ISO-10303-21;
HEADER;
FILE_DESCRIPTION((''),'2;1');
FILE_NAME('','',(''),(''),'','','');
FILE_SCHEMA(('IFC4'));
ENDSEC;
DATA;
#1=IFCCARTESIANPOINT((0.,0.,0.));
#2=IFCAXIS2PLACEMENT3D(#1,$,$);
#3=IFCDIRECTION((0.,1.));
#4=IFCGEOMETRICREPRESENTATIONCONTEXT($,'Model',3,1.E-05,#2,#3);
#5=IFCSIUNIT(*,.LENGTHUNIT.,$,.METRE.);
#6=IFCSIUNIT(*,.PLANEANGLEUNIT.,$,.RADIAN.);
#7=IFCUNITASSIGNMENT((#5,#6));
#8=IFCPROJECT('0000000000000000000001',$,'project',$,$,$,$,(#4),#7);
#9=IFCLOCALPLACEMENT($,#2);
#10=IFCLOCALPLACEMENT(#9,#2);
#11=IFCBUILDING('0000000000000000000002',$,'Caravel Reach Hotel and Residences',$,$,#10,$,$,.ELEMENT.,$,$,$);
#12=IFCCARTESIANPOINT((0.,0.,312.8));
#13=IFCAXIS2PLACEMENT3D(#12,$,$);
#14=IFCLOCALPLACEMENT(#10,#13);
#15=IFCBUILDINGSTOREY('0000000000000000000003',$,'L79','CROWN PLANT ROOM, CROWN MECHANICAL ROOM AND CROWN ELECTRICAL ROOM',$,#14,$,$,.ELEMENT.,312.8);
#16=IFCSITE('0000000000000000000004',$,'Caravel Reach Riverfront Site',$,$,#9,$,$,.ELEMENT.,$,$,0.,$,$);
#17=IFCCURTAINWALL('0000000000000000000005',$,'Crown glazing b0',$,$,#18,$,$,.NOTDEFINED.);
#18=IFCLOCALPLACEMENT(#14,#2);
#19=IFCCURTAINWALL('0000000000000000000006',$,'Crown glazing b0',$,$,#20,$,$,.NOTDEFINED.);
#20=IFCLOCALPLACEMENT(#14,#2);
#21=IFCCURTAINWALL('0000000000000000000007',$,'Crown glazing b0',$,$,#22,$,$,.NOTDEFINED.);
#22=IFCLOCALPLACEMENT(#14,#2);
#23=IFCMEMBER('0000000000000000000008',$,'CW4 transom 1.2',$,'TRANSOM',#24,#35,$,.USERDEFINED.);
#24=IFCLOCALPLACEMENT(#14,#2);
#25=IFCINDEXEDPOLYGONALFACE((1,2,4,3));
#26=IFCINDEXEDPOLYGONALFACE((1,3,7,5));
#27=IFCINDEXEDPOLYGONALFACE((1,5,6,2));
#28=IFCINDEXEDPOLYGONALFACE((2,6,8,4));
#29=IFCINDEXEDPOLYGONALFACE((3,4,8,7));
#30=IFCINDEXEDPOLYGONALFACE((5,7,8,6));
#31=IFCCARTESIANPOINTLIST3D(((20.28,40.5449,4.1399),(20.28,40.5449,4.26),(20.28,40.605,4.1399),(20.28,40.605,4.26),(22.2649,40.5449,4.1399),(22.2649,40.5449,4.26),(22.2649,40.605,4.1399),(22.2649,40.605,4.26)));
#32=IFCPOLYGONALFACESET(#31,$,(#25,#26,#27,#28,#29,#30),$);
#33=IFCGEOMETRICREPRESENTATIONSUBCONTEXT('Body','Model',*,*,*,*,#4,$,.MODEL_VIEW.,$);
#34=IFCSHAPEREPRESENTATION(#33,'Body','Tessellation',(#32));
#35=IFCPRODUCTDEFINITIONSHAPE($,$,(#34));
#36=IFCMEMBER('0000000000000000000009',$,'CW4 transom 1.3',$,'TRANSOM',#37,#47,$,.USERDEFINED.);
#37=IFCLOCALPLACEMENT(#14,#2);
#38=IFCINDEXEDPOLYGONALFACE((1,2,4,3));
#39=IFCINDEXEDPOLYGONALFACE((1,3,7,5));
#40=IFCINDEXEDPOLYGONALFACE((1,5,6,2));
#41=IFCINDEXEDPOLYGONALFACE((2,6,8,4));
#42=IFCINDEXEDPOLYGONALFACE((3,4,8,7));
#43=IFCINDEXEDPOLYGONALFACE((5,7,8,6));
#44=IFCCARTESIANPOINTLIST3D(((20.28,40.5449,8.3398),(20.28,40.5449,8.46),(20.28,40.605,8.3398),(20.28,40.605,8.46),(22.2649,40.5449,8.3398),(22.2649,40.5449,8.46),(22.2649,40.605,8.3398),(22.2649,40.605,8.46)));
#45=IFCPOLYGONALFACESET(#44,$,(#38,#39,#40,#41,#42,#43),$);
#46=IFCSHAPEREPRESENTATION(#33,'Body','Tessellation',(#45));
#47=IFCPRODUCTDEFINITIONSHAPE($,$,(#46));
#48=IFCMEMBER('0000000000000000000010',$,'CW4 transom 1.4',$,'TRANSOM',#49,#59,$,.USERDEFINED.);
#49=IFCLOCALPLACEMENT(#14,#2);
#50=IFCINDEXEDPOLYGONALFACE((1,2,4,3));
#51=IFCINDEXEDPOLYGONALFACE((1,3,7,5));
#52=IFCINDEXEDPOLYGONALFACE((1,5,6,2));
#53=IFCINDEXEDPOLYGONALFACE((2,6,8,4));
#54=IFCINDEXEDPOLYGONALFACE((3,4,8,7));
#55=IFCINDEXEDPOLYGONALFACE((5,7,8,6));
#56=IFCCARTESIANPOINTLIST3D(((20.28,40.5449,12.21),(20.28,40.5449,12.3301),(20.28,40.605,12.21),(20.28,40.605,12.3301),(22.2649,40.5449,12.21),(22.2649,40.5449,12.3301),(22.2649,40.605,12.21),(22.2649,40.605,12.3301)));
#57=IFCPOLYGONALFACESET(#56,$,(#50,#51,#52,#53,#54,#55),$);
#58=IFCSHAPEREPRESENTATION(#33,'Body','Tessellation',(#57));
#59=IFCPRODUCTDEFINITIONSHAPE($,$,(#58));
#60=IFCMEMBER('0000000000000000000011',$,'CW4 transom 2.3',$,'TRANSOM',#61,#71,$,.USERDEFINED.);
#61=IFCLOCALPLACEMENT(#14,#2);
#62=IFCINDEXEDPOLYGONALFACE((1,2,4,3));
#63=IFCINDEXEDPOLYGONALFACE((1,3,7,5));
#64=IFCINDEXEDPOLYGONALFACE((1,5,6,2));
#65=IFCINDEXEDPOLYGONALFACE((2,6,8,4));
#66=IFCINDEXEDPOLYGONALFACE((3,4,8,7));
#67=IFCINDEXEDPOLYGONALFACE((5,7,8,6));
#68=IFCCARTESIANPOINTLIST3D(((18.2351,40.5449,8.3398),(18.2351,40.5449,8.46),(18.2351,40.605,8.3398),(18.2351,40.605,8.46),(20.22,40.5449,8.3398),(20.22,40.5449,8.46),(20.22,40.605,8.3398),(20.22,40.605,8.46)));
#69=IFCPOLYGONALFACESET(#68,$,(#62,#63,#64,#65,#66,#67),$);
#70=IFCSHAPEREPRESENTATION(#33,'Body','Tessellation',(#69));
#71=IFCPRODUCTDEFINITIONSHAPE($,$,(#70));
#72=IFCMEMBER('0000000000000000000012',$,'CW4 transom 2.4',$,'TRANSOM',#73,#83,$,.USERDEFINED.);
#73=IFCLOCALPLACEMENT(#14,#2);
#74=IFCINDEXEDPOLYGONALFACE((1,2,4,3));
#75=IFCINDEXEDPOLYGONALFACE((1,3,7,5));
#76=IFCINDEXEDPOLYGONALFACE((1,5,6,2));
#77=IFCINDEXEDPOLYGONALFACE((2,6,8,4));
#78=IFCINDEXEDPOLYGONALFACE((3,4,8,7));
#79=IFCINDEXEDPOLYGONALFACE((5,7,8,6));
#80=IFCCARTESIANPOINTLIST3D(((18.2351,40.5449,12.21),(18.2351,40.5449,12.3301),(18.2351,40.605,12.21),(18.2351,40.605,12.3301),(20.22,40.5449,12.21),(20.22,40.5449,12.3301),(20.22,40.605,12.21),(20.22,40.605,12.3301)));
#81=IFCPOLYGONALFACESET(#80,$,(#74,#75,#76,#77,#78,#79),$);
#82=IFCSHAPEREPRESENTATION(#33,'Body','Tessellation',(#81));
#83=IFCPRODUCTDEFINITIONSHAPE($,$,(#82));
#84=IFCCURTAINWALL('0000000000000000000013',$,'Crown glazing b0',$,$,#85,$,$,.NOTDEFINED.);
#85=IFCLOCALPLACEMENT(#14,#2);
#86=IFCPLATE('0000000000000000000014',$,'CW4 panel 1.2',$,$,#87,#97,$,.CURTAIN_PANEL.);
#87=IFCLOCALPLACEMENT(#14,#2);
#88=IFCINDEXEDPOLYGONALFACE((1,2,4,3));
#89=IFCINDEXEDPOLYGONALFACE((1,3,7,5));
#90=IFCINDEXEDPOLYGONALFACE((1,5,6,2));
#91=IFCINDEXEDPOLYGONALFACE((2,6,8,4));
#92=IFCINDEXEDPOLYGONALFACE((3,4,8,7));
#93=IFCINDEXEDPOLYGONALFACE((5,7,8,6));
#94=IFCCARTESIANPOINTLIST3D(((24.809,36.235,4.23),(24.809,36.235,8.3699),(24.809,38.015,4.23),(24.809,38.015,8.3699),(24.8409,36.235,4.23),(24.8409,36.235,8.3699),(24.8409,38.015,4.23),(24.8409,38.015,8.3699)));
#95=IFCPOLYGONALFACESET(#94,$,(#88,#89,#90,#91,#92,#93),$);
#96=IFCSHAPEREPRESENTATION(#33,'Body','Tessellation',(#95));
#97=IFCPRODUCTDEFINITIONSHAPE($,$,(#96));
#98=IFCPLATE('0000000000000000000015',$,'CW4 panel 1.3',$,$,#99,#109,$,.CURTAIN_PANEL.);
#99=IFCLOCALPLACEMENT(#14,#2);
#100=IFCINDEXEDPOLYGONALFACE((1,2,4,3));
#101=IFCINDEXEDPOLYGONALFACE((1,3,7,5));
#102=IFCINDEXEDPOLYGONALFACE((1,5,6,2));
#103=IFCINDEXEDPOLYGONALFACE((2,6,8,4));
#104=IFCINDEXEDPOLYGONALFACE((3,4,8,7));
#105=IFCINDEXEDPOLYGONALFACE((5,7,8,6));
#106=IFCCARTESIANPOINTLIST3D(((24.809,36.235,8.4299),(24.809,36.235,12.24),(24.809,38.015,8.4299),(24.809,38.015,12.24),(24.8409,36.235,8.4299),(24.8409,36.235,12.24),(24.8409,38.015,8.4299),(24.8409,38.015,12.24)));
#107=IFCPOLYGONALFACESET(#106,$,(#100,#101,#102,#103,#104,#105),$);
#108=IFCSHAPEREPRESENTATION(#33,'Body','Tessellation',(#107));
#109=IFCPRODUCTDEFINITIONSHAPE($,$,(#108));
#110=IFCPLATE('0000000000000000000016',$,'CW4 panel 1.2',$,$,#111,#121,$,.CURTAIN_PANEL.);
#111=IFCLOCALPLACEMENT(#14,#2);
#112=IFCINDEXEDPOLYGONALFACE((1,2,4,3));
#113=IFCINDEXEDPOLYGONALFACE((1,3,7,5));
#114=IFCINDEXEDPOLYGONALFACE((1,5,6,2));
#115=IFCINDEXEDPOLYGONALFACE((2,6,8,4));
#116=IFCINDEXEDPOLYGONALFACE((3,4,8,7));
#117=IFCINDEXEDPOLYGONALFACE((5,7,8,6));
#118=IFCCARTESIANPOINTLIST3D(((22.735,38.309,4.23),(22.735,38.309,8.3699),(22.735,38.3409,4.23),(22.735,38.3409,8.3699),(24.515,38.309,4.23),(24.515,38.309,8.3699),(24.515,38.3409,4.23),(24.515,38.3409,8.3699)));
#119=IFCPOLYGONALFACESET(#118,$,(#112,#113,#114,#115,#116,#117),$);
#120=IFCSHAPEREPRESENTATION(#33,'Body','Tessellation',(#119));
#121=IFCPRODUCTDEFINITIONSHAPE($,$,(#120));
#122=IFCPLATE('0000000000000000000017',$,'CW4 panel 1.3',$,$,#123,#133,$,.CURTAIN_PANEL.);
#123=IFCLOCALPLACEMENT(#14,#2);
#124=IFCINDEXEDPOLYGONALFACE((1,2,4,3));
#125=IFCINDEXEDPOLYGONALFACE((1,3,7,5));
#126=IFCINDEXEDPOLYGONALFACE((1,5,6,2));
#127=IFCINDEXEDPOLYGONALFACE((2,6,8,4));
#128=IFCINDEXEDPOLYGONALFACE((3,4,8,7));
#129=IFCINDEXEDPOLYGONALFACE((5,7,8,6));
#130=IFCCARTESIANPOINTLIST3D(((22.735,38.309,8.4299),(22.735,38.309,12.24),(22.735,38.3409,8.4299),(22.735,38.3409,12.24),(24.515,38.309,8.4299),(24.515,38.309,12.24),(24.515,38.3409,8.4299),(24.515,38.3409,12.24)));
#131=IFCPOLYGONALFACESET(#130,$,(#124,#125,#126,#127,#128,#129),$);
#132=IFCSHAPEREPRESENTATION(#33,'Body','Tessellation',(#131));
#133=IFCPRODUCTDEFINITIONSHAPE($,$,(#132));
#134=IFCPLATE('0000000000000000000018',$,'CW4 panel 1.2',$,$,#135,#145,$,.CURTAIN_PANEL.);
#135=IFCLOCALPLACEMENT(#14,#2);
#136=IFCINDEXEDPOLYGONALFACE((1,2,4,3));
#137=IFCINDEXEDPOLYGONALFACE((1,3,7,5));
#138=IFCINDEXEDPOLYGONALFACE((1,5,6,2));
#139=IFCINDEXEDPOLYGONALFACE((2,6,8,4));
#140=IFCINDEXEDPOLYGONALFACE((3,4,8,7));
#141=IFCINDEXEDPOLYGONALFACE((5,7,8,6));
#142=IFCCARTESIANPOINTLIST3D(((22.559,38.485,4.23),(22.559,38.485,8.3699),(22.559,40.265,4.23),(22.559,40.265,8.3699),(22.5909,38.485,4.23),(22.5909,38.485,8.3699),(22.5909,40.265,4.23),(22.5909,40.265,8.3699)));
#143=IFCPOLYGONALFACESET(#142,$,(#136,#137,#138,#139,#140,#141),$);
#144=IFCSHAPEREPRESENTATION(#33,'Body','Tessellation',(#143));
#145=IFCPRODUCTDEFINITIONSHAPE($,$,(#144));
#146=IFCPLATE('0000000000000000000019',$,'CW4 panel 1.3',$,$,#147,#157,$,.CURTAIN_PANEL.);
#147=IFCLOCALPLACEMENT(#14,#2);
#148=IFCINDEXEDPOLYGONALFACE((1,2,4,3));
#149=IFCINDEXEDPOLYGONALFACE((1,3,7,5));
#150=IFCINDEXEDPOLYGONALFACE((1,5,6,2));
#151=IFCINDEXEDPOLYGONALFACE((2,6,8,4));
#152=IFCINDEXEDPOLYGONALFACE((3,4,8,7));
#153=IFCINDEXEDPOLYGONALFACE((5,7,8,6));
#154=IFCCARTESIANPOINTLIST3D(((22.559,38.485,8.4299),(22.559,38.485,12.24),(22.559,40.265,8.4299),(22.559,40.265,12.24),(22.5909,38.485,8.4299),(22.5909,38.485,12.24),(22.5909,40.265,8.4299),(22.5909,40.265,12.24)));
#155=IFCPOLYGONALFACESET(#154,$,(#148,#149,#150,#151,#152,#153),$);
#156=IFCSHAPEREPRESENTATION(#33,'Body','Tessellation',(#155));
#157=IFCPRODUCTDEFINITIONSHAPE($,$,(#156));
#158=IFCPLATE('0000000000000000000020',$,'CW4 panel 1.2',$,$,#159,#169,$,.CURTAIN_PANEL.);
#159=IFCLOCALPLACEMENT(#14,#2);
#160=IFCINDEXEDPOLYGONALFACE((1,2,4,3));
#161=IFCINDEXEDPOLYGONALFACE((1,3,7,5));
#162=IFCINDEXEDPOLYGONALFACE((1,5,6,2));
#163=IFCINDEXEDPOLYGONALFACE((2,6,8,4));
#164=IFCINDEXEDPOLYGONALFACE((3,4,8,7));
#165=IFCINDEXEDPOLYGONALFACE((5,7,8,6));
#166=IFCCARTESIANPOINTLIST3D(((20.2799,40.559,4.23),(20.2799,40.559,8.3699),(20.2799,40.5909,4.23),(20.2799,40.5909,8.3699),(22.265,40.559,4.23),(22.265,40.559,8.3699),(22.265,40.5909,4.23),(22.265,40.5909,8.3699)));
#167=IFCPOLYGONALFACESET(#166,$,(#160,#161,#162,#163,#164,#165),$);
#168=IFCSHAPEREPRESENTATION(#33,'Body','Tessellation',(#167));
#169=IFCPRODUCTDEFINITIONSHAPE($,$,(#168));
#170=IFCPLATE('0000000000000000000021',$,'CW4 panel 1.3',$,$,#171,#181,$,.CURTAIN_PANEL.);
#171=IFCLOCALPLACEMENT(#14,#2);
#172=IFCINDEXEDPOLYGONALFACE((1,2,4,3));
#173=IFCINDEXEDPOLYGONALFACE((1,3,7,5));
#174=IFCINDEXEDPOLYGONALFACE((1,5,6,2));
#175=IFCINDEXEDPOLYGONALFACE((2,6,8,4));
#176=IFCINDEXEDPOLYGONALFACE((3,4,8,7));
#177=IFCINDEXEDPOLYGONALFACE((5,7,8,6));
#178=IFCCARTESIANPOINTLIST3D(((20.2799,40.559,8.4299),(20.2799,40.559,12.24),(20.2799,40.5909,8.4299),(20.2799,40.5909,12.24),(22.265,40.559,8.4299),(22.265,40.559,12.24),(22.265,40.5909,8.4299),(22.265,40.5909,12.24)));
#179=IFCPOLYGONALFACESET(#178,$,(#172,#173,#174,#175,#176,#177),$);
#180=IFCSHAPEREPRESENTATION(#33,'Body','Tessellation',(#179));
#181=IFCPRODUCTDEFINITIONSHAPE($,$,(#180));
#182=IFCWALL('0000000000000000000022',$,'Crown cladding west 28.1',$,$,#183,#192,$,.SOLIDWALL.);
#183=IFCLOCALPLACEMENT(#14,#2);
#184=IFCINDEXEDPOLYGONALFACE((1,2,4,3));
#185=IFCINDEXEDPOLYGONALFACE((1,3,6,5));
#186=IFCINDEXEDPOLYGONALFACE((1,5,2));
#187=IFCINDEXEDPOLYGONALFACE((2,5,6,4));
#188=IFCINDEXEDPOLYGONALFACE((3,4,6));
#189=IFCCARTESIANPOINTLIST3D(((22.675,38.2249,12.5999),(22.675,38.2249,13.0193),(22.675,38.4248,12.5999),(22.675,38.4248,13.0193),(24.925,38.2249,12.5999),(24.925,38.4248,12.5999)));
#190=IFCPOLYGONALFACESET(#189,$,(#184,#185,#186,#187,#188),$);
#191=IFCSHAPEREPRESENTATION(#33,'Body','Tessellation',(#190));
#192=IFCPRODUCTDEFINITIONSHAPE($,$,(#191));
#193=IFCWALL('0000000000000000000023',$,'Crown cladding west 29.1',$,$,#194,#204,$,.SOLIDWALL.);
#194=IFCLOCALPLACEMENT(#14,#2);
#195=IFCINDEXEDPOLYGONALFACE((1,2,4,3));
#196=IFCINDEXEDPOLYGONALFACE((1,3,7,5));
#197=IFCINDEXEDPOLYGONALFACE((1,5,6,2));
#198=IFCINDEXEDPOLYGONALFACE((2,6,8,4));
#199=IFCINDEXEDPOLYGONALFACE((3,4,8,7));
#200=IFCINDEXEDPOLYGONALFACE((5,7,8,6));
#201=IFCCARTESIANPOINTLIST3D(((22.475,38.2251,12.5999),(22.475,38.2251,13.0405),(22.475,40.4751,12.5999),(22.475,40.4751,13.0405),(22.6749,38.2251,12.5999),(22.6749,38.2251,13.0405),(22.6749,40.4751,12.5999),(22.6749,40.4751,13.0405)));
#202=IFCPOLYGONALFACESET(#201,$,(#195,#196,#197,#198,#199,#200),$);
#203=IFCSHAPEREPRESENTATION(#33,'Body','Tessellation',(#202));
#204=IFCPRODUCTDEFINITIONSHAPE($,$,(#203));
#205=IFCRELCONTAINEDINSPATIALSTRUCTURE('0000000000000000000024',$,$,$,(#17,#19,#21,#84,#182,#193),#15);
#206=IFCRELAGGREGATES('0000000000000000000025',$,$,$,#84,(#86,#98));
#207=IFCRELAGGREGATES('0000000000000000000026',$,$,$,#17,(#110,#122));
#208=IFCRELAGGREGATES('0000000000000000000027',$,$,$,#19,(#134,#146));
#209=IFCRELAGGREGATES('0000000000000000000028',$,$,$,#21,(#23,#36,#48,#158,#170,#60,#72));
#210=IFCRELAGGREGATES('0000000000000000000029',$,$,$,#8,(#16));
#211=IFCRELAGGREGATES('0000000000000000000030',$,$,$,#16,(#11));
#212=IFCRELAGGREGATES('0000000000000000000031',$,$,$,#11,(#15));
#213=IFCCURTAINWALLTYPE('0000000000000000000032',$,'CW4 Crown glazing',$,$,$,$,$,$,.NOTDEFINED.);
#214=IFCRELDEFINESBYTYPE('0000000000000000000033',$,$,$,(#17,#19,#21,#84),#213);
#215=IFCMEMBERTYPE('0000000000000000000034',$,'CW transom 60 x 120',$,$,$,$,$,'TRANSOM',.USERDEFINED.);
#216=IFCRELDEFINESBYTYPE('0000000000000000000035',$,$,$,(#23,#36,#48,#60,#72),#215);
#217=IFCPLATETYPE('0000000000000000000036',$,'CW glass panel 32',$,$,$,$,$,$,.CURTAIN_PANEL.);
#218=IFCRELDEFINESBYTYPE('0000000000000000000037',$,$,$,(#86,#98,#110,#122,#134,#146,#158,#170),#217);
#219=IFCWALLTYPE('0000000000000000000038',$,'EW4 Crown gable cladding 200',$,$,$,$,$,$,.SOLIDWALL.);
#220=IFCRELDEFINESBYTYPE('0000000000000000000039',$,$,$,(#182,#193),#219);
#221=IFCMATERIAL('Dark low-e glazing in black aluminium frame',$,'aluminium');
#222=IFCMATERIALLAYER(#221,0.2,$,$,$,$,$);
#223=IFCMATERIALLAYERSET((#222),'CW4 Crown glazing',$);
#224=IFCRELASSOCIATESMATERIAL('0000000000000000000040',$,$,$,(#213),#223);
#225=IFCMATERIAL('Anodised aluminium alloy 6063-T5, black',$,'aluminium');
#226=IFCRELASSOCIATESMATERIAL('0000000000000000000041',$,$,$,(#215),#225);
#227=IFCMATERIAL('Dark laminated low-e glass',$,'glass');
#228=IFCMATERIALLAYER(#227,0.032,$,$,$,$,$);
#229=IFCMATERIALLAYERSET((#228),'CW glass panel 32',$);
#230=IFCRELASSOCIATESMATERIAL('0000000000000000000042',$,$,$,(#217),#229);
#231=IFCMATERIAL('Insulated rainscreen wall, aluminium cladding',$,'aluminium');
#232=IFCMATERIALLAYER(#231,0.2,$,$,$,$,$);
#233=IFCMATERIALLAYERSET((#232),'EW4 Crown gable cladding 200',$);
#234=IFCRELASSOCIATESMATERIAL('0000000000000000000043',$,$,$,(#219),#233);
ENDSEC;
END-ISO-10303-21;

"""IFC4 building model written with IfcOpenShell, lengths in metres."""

from ifc_helpers import new_model, si_unit, direction, frame, frame_2d, origin, origin_2d, place, context, subcontext, project, spatial, polyline, rectangle, outline, extrude, material, layer, layer_set, material_profile, profile_set, type_object, element, aggregate, save


model = new_model("IFC4")

# Units and contexts
model_context = context("Model", 3, precision=1e-05, world=origin(), true_north=direction((0.0, 1.0)))
body_context = subcontext(model_context, "Body", "Model", "MODEL_VIEW")
ifc_project = project(units=[si_unit("LENGTHUNIT", "METRE"), si_unit("PLANEANGLEUNIT", "RADIAN")], contexts=[model_context])

# Site, building, storey
site_placement = place(None, origin())
site = spatial("IfcSite", under=ifc_project, at=site_placement, Name="Caravel Reach Riverfront Site", CompositionType="ELEMENT", RefElevation=0.0)
building_placement = place(site_placement, origin())
building = spatial("IfcBuilding", under=site, at=building_placement, Name="Caravel Reach Hotel and Residences", CompositionType="ELEMENT")
storey_placement = place(building_placement, frame((0.0, 0.0, 312.8)))
storey = spatial("IfcBuildingStorey", under=building, at=storey_placement, Name="L79", Description="CROWN PLANT ROOM, CROWN MECHANICAL ROOM AND CROWN ELECTRICAL ROOM", CompositionType="ELEMENT", Elevation=312.8)

# Curtain walls, members
ifc_material_1 = material(Name="Dark low-e glazing in black aluminium frame", Category="aluminium")
ifc_layer_1 = layer(ifc_material_1, 0.2)
ifc_layer_set_1 = layer_set([ifc_layer_1], Name="CW4 Crown glazing")
curtain_wall_type = type_object("IfcCurtainWallType", Name="CW4 Crown glazing", PredefinedType="NOTDEFINED", material=ifc_layer_set_1)
curtain_wall_1_placement = place(storey_placement, origin())
curtain_wall_1 = element("IfcCurtainWall", 1, at=curtain_wall_1_placement, inside=storey, type_object=curtain_wall_type, Name="Crown glazing b0", PredefinedType="NOTDEFINED")
ifc_material_2 = material(Name="Anodised aluminium alloy 6063-T5, black", Category="aluminium")
ifc_material_profile_1 = material_profile(ifc_material_2, rectangle(XDim=0.0601, YDim=0.1201, at=origin_2d()), Name="CW transom 60 x 120")
ifc_profile_set_1 = profile_set([ifc_material_profile_1], Name="Anodised aluminium alloy 6063-T5, black")
member_type = type_object("IfcMemberType", Name="CW transom 60 x 120", ElementType="TRANSOM", PredefinedType="USERDEFINED", material=ifc_profile_set_1)
curtain_wall_2_placement = place(storey_placement, origin())
curtain_wall_2 = element("IfcCurtainWall", 2, at=curtain_wall_2_placement, inside=storey, type_object=curtain_wall_type, Name="Crown glazing b0", PredefinedType="NOTDEFINED")
curtain_wall_3_placement = place(storey_placement, origin())
curtain_wall_3 = element("IfcCurtainWall", 3, at=curtain_wall_3_placement, inside=storey, type_object=curtain_wall_type, Name="Crown glazing b0", PredefinedType="NOTDEFINED")
member_1_placement = place(storey_placement, frame((22.2649, 40.575, 4.2), z_axis=(-1.0, 0.0, 0.0), x_axis=(0.0, -1.0, 0.0)))
member_1 = element("IfcMember", 4, at=member_1_placement, type_object=member_type, Name="CW4 transom 1.2", ObjectType="TRANSOM", PredefinedType="USERDEFINED", context=body_context, shape_type="SweptSolid", body=[
    extrude(rectangle(XDim=0.0601, YDim=0.1201, at=origin_2d()), origin(), (0.0, 0.0, 1.0), 1.9849),
])
member_2_placement = place(storey_placement, frame((22.2649, 40.575, 8.3999), z_axis=(-1.0, 0.0, 0.0), x_axis=(0.0, -1.0, 0.0)))
member_2 = element("IfcMember", 5, at=member_2_placement, type_object=member_type, Name="CW4 transom 1.3", ObjectType="TRANSOM", PredefinedType="USERDEFINED", context=body_context, shape_type="SweptSolid", body=[
    extrude(rectangle(XDim=0.0601, YDim=0.1201, at=origin_2d()), origin(), (0.0, 0.0, 1.0), 1.9849),
])
member_3_placement = place(storey_placement, frame((22.2649, 40.575, 12.27), z_axis=(-1.0, 0.0, 0.0), x_axis=(0.0, -1.0, 0.0)))
member_3 = element("IfcMember", 6, at=member_3_placement, type_object=member_type, Name="CW4 transom 1.4", ObjectType="TRANSOM", PredefinedType="USERDEFINED", context=body_context, shape_type="SweptSolid", body=[
    extrude(rectangle(XDim=0.0601, YDim=0.1201, at=origin_2d()), origin(), (0.0, 0.0, 1.0), 1.9849),
])
member_4_placement = place(storey_placement, frame((20.22, 40.575, 8.3999), z_axis=(-1.0, 0.0, 0.0), x_axis=(0.0, -1.0, 0.0)))
member_4 = element("IfcMember", 7, at=member_4_placement, type_object=member_type, Name="CW4 transom 2.3", ObjectType="TRANSOM", PredefinedType="USERDEFINED", context=body_context, shape_type="SweptSolid", body=[
    extrude(rectangle(XDim=0.0601, YDim=0.1201, at=origin_2d()), origin(), (0.0, 0.0, 1.0), 1.9849),
])
member_5_placement = place(storey_placement, frame((20.22, 40.575, 12.27), z_axis=(-1.0, 0.0, 0.0), x_axis=(0.0, -1.0, 0.0)))
member_5 = element("IfcMember", 8, at=member_5_placement, type_object=member_type, Name="CW4 transom 2.4", ObjectType="TRANSOM", PredefinedType="USERDEFINED", context=body_context, shape_type="SweptSolid", body=[
    extrude(rectangle(XDim=0.0601, YDim=0.1201, at=origin_2d()), origin(), (0.0, 0.0, 1.0), 1.9849),
])

# Curtain wall, plates
curtain_wall_4_placement = place(storey_placement, origin())
curtain_wall_4 = element("IfcCurtainWall", 9, at=curtain_wall_4_placement, inside=storey, type_object=curtain_wall_type, Name="Crown glazing b0", PredefinedType="NOTDEFINED")
ifc_material_3 = material(Name="Dark laminated low-e glass", Category="glass")
ifc_layer_2 = layer(ifc_material_3, 0.032)
ifc_layer_set_2 = layer_set([ifc_layer_2], Name="CW glass panel 32")
plate_type = type_object("IfcPlateType", Name="CW glass panel 32", PredefinedType="CURTAIN_PANEL", material=ifc_layer_set_2)
plate_1_placement = place(storey_placement, frame((24.825, 37.125, 4.23), z_axis=(0.0, 0.0, 1.0), x_axis=(0.0, 1.0, 0.0)))
plate_1 = element("IfcPlate", 10, at=plate_1_placement, type_object=plate_type, Name="CW4 panel 1.2", PredefinedType="CURTAIN_PANEL", context=body_context, shape_type="SweptSolid", body=[
    extrude(rectangle(XDim=1.78, YDim=0.032, at=origin_2d()), origin(), (0.0, 0.0, 1.0), 4.1399),
])
plate_2_placement = place(storey_placement, frame((24.825, 37.125, 8.4299), z_axis=(0.0, 0.0, 1.0), x_axis=(0.0, 1.0, 0.0)))
plate_2 = element("IfcPlate", 11, at=plate_2_placement, type_object=plate_type, Name="CW4 panel 1.3", PredefinedType="CURTAIN_PANEL", context=body_context, shape_type="SweptSolid", body=[
    extrude(rectangle(XDim=1.78, YDim=0.032, at=origin_2d()), origin(), (0.0, 0.0, 1.0), 3.8101),
])
aggregate(curtain_wall_4, [plate_1, plate_2])

# Plates
plate_3_placement = place(storey_placement, frame((23.625, 38.325, 4.23), z_axis=(0.0, 0.0, 1.0), x_axis=(-1.0, 0.0, 0.0)))
plate_3 = element("IfcPlate", 12, at=plate_3_placement, type_object=plate_type, Name="CW4 panel 1.2", PredefinedType="CURTAIN_PANEL", context=body_context, shape_type="SweptSolid", body=[
    extrude(rectangle(XDim=1.78, YDim=0.032, at=origin_2d()), origin(), (0.0, 0.0, 1.0), 4.1399),
])
plate_4_placement = place(storey_placement, frame((23.625, 38.325, 8.4299), z_axis=(0.0, 0.0, 1.0), x_axis=(-1.0, 0.0, 0.0)))
plate_4 = element("IfcPlate", 13, at=plate_4_placement, type_object=plate_type, Name="CW4 panel 1.3", PredefinedType="CURTAIN_PANEL", context=body_context, shape_type="SweptSolid", body=[
    extrude(rectangle(XDim=1.78, YDim=0.032, at=origin_2d()), origin(), (0.0, 0.0, 1.0), 3.8101),
])
aggregate(curtain_wall_1, [plate_3, plate_4])
plate_5_placement = place(storey_placement, frame((22.575, 39.375, 4.23), z_axis=(0.0, 0.0, 1.0), x_axis=(0.0, 1.0, 0.0)))
plate_5 = element("IfcPlate", 14, at=plate_5_placement, type_object=plate_type, Name="CW4 panel 1.2", PredefinedType="CURTAIN_PANEL", context=body_context, shape_type="SweptSolid", body=[
    extrude(rectangle(XDim=1.78, YDim=0.032, at=origin_2d()), origin(), (0.0, 0.0, 1.0), 4.1399),
])
plate_6_placement = place(storey_placement, frame((22.575, 39.375, 8.4299), z_axis=(0.0, 0.0, 1.0), x_axis=(0.0, 1.0, 0.0)))
plate_6 = element("IfcPlate", 15, at=plate_6_placement, type_object=plate_type, Name="CW4 panel 1.3", PredefinedType="CURTAIN_PANEL", context=body_context, shape_type="SweptSolid", body=[
    extrude(rectangle(XDim=1.78, YDim=0.032, at=origin_2d()), origin(), (0.0, 0.0, 1.0), 3.8101),
])
aggregate(curtain_wall_2, [plate_5, plate_6])
plate_7_placement = place(storey_placement, frame((21.2725, 40.575, 4.23), z_axis=(0.0, 0.0, 1.0), x_axis=(-1.0, 0.0, 0.0)))
plate_7 = element("IfcPlate", 16, at=plate_7_placement, type_object=plate_type, Name="CW4 panel 1.2", PredefinedType="CURTAIN_PANEL", context=body_context, shape_type="SweptSolid", body=[
    extrude(rectangle(XDim=1.9851, YDim=0.032, at=origin_2d()), origin(), (0.0, 0.0, 1.0), 4.1399),
])
plate_8_placement = place(storey_placement, frame((21.2725, 40.575, 8.4299), z_axis=(0.0, 0.0, 1.0), x_axis=(-1.0, 0.0, 0.0)))
plate_8 = element("IfcPlate", 17, at=plate_8_placement, type_object=plate_type, Name="CW4 panel 1.3", PredefinedType="CURTAIN_PANEL", context=body_context, shape_type="SweptSolid", body=[
    extrude(rectangle(XDim=1.9851, YDim=0.032, at=origin_2d()), origin(), (0.0, 0.0, 1.0), 3.8101),
])
aggregate(curtain_wall_3, [member_1, member_2, member_3, plate_7, plate_8, member_4, member_5])

# Walls
ifc_material_4 = material(Name="Insulated rainscreen wall, aluminium cladding", Category="aluminium")
ifc_layer_3 = layer(ifc_material_4, 0.2)
ifc_layer_set_3 = layer_set([ifc_layer_3], Name="EW4 Crown gable cladding 200")
wall_type = type_object("IfcWallType", Name="EW4 Crown gable cladding 200", PredefinedType="SOLIDWALL", material=ifc_layer_set_3)
wall_1_placement = place(storey_placement, frame((24.925, 38.325, 12.5999), z_axis=(0.0, 0.0, 1.0), x_axis=(-1.0, 0.0, 0.0)))
element("IfcWall", 18, at=wall_1_placement, inside=storey, type_object=wall_type, Name="Crown cladding west 28.1", PredefinedType="SOLIDWALL", context=body_context, shape_type="SweptSolid", body=[
    extrude(outline(polyline([(0.0, 0.0), (2.25, 0.0), (2.25, 0.4194), (0.0, 0.0)])), frame((0.0, 0.1001, 0.0), z_axis=(0.0, -1.0, 0.0), x_axis=(1.0, 0.0, 0.0)), (0.0, 0.0, 1.0), 0.2),
])
wall_2_placement = place(storey_placement, frame((22.575, 38.2251, 12.5999), z_axis=(0.0, 0.0, 1.0), x_axis=(0.0, 1.0, 0.0)))
element("IfcWall", 19, at=wall_2_placement, inside=storey, type_object=wall_type, Name="Crown cladding west 29.1", PredefinedType="SOLIDWALL", context=body_context, shape_type="SweptSolid", body=[
    extrude(rectangle(XDim=2.25, YDim=0.2, at=frame_2d((1.125, 0.0))), origin(), (0.0, 0.0, 1.0), 0.4407),
])

save(model, "model.ifc")
